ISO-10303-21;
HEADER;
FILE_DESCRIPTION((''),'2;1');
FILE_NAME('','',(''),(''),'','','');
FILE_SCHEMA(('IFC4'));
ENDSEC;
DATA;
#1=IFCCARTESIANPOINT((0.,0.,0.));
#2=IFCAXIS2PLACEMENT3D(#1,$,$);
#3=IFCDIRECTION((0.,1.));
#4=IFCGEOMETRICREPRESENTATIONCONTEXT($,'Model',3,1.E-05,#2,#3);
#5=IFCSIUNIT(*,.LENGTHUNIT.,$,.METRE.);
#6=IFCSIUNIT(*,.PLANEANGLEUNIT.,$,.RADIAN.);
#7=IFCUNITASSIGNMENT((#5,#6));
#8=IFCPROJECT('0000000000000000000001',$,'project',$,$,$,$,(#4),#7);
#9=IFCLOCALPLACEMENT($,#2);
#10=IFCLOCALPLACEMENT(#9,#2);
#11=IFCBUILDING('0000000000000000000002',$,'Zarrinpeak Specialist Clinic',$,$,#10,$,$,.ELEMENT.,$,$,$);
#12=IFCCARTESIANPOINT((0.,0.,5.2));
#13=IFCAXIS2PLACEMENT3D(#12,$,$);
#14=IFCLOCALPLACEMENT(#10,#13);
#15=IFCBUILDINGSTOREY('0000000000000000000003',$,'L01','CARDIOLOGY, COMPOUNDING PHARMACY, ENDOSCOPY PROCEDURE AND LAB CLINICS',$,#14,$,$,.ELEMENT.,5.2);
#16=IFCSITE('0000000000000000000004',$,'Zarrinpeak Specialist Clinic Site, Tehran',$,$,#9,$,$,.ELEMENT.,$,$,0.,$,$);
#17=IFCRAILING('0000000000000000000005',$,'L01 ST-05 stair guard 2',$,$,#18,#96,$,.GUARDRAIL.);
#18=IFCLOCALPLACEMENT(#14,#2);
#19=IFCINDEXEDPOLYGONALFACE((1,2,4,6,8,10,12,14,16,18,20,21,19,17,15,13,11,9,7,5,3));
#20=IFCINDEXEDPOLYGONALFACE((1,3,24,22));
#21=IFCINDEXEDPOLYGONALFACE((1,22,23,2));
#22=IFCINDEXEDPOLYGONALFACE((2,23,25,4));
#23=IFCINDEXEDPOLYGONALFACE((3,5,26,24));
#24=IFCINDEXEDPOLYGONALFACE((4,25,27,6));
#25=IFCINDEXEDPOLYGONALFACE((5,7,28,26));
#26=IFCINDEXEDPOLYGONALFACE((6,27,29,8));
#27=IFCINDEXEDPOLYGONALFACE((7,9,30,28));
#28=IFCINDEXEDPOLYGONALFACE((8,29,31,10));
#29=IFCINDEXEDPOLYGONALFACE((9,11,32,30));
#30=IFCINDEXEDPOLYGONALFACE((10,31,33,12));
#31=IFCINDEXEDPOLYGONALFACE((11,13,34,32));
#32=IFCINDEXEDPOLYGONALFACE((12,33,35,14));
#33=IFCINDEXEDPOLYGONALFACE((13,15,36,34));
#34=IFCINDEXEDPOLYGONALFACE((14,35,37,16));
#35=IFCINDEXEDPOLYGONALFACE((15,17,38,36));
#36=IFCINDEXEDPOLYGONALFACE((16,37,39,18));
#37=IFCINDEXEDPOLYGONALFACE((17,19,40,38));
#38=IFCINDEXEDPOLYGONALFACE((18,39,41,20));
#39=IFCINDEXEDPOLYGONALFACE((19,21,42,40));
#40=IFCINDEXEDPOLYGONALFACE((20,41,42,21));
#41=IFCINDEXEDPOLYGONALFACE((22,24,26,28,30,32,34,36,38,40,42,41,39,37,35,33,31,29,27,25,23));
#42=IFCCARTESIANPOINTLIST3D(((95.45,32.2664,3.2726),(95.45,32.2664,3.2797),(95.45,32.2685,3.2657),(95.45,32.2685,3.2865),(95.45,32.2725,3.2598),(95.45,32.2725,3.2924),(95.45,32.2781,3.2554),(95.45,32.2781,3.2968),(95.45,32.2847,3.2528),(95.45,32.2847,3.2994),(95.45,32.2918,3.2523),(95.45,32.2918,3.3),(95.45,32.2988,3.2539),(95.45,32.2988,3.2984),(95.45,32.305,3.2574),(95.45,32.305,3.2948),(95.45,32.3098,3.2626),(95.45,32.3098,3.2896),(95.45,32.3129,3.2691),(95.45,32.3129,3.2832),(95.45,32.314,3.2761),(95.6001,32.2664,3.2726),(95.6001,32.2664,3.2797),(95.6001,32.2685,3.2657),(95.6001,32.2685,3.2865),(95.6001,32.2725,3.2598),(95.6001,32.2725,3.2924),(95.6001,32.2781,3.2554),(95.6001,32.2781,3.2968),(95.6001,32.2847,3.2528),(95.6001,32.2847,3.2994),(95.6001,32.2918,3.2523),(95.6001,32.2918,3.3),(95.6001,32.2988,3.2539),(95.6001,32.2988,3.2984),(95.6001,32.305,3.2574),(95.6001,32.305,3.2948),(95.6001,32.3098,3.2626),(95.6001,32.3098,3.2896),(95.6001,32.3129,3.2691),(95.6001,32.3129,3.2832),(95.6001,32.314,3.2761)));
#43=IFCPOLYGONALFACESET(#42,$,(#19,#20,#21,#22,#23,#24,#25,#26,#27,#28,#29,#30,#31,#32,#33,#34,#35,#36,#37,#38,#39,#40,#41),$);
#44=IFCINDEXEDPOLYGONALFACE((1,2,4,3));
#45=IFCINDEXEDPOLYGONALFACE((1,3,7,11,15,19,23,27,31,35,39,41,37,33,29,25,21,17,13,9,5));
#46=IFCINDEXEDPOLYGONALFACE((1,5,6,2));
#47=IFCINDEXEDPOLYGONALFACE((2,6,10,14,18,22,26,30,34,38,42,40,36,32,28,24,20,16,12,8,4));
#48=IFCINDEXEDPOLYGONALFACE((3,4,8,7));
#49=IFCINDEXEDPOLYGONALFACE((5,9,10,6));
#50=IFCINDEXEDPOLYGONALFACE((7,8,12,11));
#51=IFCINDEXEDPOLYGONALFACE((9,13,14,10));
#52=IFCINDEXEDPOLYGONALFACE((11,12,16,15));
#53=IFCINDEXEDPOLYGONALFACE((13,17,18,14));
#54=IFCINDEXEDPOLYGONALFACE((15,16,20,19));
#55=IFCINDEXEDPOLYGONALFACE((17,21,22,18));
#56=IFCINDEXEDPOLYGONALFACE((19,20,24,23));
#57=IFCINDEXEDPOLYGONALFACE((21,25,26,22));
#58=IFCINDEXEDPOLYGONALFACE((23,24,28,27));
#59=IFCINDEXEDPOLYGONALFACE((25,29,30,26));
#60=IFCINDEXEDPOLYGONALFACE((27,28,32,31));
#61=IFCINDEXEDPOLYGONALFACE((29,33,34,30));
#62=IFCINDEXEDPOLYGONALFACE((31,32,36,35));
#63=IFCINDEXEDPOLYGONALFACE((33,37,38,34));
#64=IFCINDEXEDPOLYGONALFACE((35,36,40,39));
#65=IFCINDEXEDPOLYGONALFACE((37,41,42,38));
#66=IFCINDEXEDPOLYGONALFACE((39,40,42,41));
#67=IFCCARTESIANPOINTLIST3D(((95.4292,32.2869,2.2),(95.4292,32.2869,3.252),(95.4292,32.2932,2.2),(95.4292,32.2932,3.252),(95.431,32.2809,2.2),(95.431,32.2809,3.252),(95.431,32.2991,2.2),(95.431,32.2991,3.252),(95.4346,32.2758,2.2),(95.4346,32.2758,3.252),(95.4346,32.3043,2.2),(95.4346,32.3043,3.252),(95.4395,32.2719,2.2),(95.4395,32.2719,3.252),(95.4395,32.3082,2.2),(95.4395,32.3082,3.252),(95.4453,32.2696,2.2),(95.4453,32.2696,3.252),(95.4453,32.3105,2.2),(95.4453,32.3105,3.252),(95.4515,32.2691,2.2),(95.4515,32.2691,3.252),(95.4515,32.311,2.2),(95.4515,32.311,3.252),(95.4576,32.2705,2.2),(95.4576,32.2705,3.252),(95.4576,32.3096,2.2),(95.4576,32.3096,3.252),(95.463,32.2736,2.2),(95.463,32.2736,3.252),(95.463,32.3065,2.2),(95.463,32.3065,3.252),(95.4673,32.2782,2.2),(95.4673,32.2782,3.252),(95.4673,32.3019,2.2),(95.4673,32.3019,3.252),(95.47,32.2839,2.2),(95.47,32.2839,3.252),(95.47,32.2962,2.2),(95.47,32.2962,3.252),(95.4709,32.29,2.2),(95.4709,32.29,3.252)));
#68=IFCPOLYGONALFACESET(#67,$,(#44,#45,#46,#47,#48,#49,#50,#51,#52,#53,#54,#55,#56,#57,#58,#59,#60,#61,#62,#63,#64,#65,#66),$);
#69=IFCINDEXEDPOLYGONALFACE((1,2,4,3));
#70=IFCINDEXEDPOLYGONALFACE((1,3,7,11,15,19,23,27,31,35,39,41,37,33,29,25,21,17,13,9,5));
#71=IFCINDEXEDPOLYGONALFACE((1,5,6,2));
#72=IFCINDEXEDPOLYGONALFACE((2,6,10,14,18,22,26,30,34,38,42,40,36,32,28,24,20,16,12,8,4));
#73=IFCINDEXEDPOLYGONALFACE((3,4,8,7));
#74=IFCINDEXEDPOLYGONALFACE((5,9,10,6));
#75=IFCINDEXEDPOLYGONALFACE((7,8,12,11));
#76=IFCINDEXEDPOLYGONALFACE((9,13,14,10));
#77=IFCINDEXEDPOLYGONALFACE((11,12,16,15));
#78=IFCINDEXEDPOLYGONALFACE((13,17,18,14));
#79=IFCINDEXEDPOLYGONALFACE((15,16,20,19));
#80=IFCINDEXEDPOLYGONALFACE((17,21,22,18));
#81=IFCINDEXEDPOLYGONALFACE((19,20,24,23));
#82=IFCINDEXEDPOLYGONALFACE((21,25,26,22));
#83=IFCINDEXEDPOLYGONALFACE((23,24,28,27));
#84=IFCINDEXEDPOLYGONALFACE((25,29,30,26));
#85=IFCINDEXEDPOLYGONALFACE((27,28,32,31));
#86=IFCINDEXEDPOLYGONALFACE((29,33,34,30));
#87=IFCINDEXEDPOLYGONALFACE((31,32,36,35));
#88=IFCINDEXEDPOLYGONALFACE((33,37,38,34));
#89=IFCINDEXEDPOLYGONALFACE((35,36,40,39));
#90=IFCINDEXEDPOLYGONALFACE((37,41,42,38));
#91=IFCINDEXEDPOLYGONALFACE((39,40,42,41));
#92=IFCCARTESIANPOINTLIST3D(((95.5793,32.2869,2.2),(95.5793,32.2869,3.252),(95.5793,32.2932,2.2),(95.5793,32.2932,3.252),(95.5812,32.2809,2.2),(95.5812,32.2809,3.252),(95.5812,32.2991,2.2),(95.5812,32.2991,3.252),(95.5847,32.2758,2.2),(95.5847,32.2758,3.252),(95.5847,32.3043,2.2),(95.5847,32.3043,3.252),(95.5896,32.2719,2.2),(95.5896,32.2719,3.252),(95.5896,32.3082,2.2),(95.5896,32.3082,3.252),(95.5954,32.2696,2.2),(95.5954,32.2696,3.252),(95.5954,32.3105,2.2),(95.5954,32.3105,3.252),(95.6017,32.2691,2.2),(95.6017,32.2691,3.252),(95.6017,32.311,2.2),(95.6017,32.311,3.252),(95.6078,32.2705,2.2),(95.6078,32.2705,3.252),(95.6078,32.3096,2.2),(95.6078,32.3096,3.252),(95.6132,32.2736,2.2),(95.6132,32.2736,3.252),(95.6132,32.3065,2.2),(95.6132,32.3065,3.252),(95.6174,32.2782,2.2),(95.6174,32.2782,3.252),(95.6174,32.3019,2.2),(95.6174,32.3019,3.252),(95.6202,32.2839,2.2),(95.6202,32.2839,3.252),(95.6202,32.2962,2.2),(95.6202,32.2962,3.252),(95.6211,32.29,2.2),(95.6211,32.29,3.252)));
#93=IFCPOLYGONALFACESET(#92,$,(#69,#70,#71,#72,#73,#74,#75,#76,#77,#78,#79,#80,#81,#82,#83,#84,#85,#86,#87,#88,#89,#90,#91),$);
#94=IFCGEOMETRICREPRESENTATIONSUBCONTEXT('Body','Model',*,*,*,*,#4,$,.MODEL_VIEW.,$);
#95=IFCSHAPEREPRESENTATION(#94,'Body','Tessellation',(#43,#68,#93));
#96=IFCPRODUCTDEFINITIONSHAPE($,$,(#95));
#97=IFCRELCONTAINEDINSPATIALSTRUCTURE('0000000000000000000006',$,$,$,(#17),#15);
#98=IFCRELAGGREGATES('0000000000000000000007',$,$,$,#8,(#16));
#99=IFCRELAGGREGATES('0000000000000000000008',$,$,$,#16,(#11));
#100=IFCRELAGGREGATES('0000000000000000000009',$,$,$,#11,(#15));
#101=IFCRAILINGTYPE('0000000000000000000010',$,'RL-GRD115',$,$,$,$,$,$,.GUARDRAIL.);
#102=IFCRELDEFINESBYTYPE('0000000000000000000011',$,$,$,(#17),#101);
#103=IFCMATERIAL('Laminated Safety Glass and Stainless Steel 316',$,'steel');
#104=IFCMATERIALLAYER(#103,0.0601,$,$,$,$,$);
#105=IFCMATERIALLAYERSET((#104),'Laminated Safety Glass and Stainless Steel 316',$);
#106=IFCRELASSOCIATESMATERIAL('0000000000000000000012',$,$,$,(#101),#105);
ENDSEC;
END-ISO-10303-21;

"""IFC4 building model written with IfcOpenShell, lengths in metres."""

from ifc_helpers import new_model, si_unit, direction, frame, origin, origin_2d, place, context, subcontext, project, spatial, circle, extrude, material, layer, layer_set, type_object, element, save


model = new_model("IFC4")

# Units and contexts
model_context = context("Model", 3, precision=1e-05, world=origin(), true_north=direction((0.0, 1.0)))
body_context = subcontext(model_context, "Body", "Model", "MODEL_VIEW")
ifc_project = project(units=[si_unit("LENGTHUNIT", "METRE"), si_unit("PLANEANGLEUNIT", "RADIAN")], contexts=[model_context])

# Site, building, storey
site_placement = place(None, origin())
site = spatial("IfcSite", under=ifc_project, at=site_placement, Name="Zarrinpeak Specialist Clinic Site, Tehran", CompositionType="ELEMENT", RefElevation=0.0)
building_placement = place(site_placement, origin())
building = spatial("IfcBuilding", under=site, at=building_placement, Name="Zarrinpeak Specialist Clinic", CompositionType="ELEMENT")
storey_placement = place(building_placement, frame((0.0, 0.0, 5.2)))
storey = spatial("IfcBuildingStorey", under=building, at=storey_placement, Name="L01", Description="CARDIOLOGY, COMPOUNDING PHARMACY, ENDOSCOPY PROCEDURE AND LAB CLINICS", CompositionType="ELEMENT", Elevation=5.2)

# Railing
ifc_material_1 = material(Name="Laminated Safety Glass and Stainless Steel 316", Category="steel")
ifc_layer_1 = layer(ifc_material_1, 0.0601)
ifc_layer_set_1 = layer_set([ifc_layer_1], Name="Laminated Safety Glass and Stainless Steel 316")
railing_type_1 = type_object("IfcRailingType", Name="RL-GRD115", PredefinedType="GUARDRAIL", material=ifc_layer_set_1)
railing_1_placement = place(storey_placement, frame((95.45, 32.29, 2.2)))
element("IfcRailing", 1, at=railing_1_placement, inside=storey, type_object=railing_type_1, Name="L01 ST-05 stair guard 2", PredefinedType="GUARDRAIL", context=body_context, shape_type="SweptSolid", body=[
    extrude(circle(Radius=0.0239, at=origin_2d()), frame((0.0, 0.0, 1.0762), z_axis=(1.0, 0.0, 0.0), x_axis=(0.0, 1.0, 0.0)), (0.0, 0.0, 1.0), 0.1501),
    extrude(circle(Radius=0.021, at=origin_2d()), origin(), (0.0, 0.0, 1.0), 1.052),
    extrude(circle(Radius=0.021, at=origin_2d()), frame((0.1501, 0.0, 0.0)), (0.0, 0.0, 1.0), 1.052),
])

save(model, "model.ifc")
